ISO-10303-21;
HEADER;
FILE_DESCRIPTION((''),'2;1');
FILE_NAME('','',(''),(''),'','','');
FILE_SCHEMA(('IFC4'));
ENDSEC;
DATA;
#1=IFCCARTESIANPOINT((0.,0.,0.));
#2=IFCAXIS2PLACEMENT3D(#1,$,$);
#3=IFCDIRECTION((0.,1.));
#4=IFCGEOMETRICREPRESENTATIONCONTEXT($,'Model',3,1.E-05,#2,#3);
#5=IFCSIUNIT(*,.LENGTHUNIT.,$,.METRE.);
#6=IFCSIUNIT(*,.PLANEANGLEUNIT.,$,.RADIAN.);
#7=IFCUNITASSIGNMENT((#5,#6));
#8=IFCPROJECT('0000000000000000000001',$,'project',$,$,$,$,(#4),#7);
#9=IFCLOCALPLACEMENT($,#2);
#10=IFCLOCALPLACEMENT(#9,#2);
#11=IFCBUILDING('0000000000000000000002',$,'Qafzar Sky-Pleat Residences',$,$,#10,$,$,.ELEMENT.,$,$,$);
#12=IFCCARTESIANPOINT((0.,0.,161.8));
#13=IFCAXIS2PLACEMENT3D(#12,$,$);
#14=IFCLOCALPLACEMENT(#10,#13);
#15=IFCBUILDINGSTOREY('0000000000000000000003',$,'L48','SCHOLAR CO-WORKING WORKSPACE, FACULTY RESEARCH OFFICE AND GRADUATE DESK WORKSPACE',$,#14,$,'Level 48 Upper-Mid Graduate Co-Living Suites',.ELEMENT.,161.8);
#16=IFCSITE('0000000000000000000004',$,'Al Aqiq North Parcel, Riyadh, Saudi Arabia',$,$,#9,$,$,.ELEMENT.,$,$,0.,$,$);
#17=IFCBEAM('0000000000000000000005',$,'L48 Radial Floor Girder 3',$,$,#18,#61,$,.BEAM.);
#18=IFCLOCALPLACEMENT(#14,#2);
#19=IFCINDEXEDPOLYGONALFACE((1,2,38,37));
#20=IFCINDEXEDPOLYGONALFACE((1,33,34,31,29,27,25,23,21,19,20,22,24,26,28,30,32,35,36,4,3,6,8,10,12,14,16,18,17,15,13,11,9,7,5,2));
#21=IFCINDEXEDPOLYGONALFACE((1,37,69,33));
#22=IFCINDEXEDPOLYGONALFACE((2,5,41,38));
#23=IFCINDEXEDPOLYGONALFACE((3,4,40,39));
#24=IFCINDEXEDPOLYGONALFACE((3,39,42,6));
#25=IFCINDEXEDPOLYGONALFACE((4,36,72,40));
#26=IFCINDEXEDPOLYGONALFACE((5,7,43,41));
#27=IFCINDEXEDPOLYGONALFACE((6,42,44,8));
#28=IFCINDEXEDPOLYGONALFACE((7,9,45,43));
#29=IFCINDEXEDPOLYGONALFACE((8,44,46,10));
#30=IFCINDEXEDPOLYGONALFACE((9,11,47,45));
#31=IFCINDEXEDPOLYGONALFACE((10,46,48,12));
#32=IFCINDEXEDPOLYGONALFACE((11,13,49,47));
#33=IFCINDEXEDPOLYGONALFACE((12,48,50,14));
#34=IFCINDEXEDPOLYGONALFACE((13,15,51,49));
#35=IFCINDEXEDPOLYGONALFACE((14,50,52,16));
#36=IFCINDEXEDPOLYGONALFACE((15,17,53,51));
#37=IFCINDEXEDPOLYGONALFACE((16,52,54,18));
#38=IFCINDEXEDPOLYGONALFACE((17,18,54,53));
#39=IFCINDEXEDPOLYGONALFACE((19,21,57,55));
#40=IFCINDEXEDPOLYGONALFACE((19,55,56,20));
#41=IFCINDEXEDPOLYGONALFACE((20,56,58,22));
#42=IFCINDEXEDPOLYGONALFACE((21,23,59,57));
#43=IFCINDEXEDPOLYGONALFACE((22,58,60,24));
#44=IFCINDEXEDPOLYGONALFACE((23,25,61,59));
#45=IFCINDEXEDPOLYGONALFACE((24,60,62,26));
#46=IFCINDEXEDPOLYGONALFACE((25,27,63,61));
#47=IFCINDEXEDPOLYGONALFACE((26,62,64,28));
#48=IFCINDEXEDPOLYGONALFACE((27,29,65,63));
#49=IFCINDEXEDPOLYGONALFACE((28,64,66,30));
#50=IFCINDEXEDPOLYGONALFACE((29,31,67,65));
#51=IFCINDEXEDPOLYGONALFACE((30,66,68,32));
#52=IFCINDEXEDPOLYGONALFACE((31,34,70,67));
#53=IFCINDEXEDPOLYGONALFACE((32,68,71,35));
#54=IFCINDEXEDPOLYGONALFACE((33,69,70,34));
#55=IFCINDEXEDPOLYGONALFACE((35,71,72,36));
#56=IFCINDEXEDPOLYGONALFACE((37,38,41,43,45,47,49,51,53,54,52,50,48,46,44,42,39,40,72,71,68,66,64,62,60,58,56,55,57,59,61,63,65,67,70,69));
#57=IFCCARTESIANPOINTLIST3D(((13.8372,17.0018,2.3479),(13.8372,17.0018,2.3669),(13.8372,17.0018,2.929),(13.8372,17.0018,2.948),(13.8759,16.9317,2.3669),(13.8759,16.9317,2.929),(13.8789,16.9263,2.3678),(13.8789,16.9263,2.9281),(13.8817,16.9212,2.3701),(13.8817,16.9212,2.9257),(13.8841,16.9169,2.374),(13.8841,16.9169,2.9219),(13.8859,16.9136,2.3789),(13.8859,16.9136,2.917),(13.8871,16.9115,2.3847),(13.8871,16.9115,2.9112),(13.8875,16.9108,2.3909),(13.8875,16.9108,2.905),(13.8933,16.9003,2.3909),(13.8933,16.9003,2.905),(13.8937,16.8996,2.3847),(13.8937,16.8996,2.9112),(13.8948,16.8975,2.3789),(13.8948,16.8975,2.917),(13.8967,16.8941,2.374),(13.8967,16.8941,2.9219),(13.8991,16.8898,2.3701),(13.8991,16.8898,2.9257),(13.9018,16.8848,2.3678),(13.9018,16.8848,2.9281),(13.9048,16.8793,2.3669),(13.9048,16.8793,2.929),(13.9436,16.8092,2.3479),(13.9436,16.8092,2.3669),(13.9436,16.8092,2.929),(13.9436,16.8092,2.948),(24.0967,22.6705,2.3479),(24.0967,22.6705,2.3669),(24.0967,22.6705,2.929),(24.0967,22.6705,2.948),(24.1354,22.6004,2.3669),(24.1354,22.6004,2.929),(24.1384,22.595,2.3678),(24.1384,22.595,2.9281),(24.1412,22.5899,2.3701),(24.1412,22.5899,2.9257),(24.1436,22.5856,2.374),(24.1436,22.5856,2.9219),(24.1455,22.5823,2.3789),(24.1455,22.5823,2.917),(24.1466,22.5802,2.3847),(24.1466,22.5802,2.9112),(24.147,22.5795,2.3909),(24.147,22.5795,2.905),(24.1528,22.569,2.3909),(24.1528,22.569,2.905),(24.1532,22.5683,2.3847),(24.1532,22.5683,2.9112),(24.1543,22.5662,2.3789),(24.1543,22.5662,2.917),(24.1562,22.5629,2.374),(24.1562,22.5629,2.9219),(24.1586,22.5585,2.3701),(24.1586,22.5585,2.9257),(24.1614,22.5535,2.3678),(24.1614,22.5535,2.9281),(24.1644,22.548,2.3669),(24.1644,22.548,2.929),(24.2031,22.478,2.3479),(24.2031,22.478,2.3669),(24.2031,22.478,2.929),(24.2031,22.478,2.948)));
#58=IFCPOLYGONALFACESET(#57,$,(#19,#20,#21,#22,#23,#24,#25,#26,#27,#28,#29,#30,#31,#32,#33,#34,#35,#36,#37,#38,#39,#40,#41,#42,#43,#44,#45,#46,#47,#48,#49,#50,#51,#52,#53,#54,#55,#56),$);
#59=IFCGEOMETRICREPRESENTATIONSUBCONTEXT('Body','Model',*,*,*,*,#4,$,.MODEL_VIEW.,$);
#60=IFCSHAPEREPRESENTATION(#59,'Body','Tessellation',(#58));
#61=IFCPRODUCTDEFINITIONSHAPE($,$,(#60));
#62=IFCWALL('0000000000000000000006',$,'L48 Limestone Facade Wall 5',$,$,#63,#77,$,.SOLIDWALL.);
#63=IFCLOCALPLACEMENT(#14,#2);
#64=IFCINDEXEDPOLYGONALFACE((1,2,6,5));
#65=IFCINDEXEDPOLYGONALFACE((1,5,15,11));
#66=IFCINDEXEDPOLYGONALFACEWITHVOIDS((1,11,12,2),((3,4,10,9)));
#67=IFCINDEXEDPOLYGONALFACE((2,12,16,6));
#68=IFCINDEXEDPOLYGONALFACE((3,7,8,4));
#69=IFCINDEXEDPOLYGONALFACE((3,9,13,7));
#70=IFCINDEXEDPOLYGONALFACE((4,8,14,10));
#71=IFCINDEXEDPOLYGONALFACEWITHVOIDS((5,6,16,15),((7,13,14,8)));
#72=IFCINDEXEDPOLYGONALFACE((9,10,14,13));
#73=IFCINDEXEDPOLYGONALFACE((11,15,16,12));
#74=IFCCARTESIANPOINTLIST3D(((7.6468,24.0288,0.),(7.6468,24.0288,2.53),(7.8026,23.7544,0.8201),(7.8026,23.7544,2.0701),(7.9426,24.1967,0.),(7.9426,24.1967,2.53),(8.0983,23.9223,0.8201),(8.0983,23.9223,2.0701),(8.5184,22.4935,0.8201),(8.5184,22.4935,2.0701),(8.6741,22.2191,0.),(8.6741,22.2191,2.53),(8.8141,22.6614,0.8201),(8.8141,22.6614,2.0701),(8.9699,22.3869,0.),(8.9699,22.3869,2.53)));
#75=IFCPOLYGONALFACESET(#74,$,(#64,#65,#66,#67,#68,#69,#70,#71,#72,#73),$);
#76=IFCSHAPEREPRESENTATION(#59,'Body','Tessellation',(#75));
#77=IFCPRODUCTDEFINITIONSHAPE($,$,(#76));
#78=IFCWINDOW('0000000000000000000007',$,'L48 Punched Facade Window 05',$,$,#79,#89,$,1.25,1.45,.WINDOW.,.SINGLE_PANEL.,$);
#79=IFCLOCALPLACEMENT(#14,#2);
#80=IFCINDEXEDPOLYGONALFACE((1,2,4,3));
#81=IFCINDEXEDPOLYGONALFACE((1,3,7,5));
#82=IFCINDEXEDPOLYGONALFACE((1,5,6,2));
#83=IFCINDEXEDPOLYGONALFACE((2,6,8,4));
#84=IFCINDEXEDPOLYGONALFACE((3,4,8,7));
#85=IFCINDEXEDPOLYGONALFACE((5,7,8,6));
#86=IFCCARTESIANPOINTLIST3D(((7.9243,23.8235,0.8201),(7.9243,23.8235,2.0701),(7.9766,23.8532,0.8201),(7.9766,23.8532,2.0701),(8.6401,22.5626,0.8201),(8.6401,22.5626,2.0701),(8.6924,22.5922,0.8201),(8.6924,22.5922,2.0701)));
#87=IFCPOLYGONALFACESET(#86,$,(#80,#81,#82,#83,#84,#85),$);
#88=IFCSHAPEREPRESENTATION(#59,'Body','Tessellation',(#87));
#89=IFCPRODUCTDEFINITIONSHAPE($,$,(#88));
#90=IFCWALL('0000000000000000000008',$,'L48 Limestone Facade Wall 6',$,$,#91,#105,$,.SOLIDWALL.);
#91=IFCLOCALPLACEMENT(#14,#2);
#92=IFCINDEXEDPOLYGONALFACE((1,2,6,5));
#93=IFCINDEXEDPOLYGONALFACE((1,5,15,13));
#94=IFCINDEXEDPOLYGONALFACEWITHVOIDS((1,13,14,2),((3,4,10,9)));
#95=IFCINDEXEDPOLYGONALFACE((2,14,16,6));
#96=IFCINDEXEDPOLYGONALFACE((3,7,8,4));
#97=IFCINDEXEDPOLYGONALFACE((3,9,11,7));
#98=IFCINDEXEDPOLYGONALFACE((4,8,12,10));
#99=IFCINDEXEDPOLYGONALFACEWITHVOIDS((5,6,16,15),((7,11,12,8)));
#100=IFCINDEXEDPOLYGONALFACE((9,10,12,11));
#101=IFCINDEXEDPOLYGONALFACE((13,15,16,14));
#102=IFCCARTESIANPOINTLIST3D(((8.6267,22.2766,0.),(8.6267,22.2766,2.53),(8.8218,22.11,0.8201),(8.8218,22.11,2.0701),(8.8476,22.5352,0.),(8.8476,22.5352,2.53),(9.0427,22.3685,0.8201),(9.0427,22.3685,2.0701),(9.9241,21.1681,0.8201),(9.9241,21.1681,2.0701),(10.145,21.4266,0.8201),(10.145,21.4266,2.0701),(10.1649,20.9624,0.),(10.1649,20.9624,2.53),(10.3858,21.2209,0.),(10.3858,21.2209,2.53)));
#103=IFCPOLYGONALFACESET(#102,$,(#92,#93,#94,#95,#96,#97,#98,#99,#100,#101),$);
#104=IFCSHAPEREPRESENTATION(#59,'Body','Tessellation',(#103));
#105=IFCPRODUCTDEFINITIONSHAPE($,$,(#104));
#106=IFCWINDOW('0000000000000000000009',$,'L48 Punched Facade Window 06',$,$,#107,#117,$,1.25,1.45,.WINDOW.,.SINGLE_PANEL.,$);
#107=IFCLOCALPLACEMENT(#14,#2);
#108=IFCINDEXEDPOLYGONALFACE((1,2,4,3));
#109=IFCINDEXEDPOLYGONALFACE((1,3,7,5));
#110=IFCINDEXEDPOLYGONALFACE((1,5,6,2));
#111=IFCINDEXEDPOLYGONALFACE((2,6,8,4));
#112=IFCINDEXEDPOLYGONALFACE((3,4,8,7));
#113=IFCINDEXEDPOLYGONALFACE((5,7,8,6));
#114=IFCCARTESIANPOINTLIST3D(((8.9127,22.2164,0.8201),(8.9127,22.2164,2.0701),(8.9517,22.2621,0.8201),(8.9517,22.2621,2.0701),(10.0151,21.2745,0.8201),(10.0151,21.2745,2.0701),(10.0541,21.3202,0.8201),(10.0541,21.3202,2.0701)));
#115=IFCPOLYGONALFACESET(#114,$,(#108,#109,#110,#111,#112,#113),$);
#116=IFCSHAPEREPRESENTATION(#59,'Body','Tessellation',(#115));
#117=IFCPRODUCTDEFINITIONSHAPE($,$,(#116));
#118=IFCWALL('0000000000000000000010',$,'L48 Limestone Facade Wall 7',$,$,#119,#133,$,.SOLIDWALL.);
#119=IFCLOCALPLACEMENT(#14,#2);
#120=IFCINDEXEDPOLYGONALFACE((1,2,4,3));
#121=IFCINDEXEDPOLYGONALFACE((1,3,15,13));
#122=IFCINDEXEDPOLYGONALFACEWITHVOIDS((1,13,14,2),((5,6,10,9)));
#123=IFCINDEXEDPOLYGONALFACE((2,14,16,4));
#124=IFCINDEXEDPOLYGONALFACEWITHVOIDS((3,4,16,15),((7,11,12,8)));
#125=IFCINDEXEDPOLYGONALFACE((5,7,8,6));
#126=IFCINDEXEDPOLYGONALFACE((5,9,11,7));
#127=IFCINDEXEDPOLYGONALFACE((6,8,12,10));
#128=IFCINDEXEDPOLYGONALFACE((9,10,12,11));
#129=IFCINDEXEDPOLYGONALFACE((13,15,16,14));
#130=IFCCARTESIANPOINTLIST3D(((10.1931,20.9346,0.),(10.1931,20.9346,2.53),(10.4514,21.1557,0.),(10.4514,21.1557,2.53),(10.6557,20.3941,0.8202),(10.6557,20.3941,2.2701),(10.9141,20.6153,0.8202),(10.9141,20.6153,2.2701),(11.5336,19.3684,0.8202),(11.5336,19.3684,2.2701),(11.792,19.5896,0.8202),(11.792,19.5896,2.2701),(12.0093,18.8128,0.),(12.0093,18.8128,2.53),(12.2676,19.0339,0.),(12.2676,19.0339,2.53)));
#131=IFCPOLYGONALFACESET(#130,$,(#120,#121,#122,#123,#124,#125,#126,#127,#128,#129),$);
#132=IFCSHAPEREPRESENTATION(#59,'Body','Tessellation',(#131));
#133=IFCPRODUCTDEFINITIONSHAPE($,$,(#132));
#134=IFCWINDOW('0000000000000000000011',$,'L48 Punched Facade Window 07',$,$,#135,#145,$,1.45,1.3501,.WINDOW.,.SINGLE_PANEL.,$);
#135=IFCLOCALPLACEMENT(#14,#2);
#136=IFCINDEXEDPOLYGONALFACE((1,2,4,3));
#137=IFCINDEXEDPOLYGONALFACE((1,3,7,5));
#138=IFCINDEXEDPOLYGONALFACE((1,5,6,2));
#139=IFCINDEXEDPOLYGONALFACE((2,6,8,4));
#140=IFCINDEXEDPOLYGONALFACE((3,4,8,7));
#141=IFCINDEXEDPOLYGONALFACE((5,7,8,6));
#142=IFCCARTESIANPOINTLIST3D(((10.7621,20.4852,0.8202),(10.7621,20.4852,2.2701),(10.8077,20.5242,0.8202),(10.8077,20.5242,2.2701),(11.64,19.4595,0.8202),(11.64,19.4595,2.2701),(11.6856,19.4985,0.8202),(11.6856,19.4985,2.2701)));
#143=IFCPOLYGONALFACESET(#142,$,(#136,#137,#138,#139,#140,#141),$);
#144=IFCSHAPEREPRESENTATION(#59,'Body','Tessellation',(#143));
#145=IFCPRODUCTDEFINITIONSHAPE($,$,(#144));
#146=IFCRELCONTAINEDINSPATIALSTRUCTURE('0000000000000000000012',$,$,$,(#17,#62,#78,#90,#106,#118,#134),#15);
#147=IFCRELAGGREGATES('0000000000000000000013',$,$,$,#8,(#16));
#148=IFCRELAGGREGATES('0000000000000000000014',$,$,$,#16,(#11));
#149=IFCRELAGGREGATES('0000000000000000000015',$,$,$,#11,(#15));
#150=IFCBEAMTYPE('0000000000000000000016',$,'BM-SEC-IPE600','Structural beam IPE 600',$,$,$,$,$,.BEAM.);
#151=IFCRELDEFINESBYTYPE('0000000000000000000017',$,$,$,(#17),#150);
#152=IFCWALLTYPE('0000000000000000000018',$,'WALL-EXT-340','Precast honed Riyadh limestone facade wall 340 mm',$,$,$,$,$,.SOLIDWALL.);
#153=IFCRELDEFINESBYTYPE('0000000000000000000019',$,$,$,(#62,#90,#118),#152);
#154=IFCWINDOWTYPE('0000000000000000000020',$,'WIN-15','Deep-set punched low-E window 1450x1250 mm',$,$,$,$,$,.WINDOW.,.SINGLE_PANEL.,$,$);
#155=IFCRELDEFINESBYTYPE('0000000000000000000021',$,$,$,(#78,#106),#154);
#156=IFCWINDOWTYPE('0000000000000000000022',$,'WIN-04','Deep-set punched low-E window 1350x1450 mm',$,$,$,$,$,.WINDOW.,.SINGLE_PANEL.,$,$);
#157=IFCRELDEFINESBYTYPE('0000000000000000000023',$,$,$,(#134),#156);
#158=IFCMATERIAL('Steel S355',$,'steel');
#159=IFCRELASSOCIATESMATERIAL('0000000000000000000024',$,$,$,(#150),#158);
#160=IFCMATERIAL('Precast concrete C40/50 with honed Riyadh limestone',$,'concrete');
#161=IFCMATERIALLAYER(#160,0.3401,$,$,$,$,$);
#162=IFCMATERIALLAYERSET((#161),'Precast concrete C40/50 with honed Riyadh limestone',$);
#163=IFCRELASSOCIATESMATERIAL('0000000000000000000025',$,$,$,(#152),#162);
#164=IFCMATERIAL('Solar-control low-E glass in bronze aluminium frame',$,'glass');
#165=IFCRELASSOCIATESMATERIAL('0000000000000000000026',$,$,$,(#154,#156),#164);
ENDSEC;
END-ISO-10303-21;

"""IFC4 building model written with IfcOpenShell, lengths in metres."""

from ifc_helpers import new_model, si_unit, direction, frame, frame_2d, origin, origin_2d, place, context, subcontext, project, spatial, rectangle, i_section, extrude, source, transform, mapped, material, layer, layer_set, material_profile, profile_set, type_object, element, fill, save


model = new_model("IFC4")

# Units and contexts
model_context = context("Model", 3, precision=1e-05, world=origin(), true_north=direction((0.0, 1.0)))
body_context = subcontext(model_context, "Body", "Model", "MODEL_VIEW")
ifc_project = project(units=[si_unit("LENGTHUNIT", "METRE"), si_unit("PLANEANGLEUNIT", "RADIAN")], contexts=[model_context])

# Site, building, storey
site_placement = place(None, origin())
site = spatial("IfcSite", under=ifc_project, at=site_placement, Name="Al Aqiq North Parcel, Riyadh, Saudi Arabia", CompositionType="ELEMENT", RefElevation=0.0)
building_placement = place(site_placement, origin())
building = spatial("IfcBuilding", under=site, at=building_placement, Name="Qafzar Sky-Pleat Residences", CompositionType="ELEMENT")
storey_placement = place(building_placement, frame((0.0, 0.0, 161.8)))
storey = spatial("IfcBuildingStorey", under=building, at=storey_placement, Name="L48", Description="SCHOLAR CO-WORKING WORKSPACE, FACULTY RESEARCH OFFICE AND GRADUATE DESK WORKSPACE", LongName="Level 48 Upper-Mid Graduate Co-Living Suites", CompositionType="ELEMENT", Elevation=161.8)

# Shared definitions
ifc_material_1 = material(Name="Steel S355", Category="steel")

# Beam
ifc_material_profile_1 = material_profile(ifc_material_1, i_section(OverallWidth=0.22, OverallDepth=0.6001, WebThickness=0.012, FlangeThickness=0.019, FilletRadius=0.0239, at=origin_2d()), Name="IPE 600")
ifc_profile_set_1 = profile_set([ifc_material_profile_1], Name="Steel S355")
beam_type_1 = type_object("IfcBeamType", Name="BM-SEC-IPE600", Description="Structural beam IPE 600", PredefinedType="BEAM", material=ifc_profile_set_1)
shared_shape_1 = source(origin(), body_context, "Body", "SweptSolid", [
    extrude(i_section(OverallWidth=0.22, OverallDepth=0.6001, WebThickness=0.012, FlangeThickness=0.019, FilletRadius=0.0239, at=origin_2d()), origin(), (0.0, 0.0, 1.0), 11.7214),
])
beam_1_placement = place(storey_placement, frame((13.8904, 16.9055, 2.6479), z_axis=(0.875279, 0.483619, 0.0), x_axis=(-0.483619, 0.875279, 0.0)))
element("IfcBeam", 1, at=beam_1_placement, inside=storey, type_object=beam_type_1, Name="L48 Radial Floor Girder 3", PredefinedType="BEAM", context=body_context, shape_type="MappedRepresentation", body=[
    mapped(shared_shape_1, transform((0.0, 0.0, 0.0), x_axis=(1.0, 0.0, 0.0), y_axis=(0.0, 1.0, 0.0), z_axis=(0.0, 0.0, 1.0), scale=1.0)),
])

# Walls, openings, windows
ifc_material_2 = material(Name="Precast concrete C40/50 with honed Riyadh limestone", Category="concrete")
ifc_layer_1 = layer(ifc_material_2, 0.3401)
ifc_layer_set_1 = layer_set([ifc_layer_1], Name="Precast concrete C40/50 with honed Riyadh limestone")
wall_type = type_object("IfcWallType", Name="WALL-EXT-340", Description="Precast honed Riyadh limestone facade wall 340 mm", PredefinedType="SOLIDWALL", material=ifc_layer_set_1)
wall_1_placement = place(storey_placement, frame((7.7947, 24.1128, 0.0), z_axis=(0.0, 0.0, 1.0), x_axis=(0.493661, -0.869655, 0.0)))
wall_1 = element("IfcWall", 2, at=wall_1_placement, inside=storey, type_object=wall_type, Name="L48 Limestone Facade Wall 5", PredefinedType="SOLIDWALL", context=body_context, shape_type="SweptSolid", body=[
    extrude(rectangle(XDim=2.0811, YDim=0.3401, at=frame_2d((1.0405, 0.0))), origin(), (0.0, 0.0, 1.0), 2.53),
])
opening_1_placement = place(wall_1_placement, frame((0.3154, 0.0, 0.8201)))
opening_1 = element("IfcOpeningElement", 3, at=opening_1_placement, cuts=wall_1, PredefinedType="OPENING", context=body_context, shape_type="SweptSolid", body=[
    extrude(rectangle(XDim=1.45, YDim=1.25, at=frame_2d((0.7251, 0.625))), frame((0.0, 0.1802, 0.0), z_axis=(0.0, -1.0, 0.0), x_axis=(1.0, 0.0, 0.0)), (0.0, 0.0, 1.0), 0.3601),
])
ifc_material_3 = material(Name="Solar-control low-E glass in bronze aluminium frame", Category="glass")
window_type_1 = type_object("IfcWindowType", Name="WIN-15", Description="Deep-set punched low-E window 1450x1250 mm", PartitioningType="SINGLE_PANEL", PredefinedType="WINDOW", material=ifc_material_3)
shared_shape_2 = source(origin(), body_context, "Body", "SweptSolid", [
    extrude(rectangle(XDim=1.45, YDim=1.25, at=frame_2d((0.7251, 0.625))), frame((0.0, 0.03, 0.0), z_axis=(0.0, -1.0, 0.0), x_axis=(1.0, 0.0, 0.0)), (0.0, 0.0, 1.0), 0.0601),
])
window_1_placement = place(opening_1_placement, origin())
window_1 = element("IfcWindow", 4, at=window_1_placement, inside=storey, type_object=window_type_1, Name="L48 Punched Facade Window 05", OverallHeight=1.25, OverallWidth=1.45, PartitioningType="SINGLE_PANEL", PredefinedType="WINDOW", context=body_context, shape_type="MappedRepresentation", body=[
    mapped(shared_shape_2, transform((0.0, 0.0, 0.0), x_axis=(1.0, 0.0, 0.0), y_axis=(0.0, 1.0, 0.0), z_axis=(0.0, 0.0, 1.0), scale=1.0)),
])
fill(opening_1, window_1)
wall_2_placement = place(storey_placement, frame((8.7371, 22.406, 0.0), z_axis=(0.0, 0.0, 1.0), x_axis=(0.760269, -0.649608, 0.0)))
wall_2 = element("IfcWall", 5, at=wall_2_placement, inside=storey, type_object=wall_type, Name="L48 Limestone Facade Wall 6", PredefinedType="SOLIDWALL", context=body_context, shape_type="SweptSolid", body=[
    extrude(rectangle(XDim=2.0232, YDim=0.3401, at=frame_2d((1.0117, 0.0))), origin(), (0.0, 0.0, 1.0), 2.53),
])
opening_2_placement = place(wall_2_placement, frame((0.2566, 0.0, 0.8201)))
opening_2 = element("IfcOpeningElement", 6, at=opening_2_placement, cuts=wall_2, PredefinedType="OPENING", context=body_context, shape_type="SweptSolid", body=[
    extrude(rectangle(XDim=1.45, YDim=1.25, at=frame_2d((0.7251, 0.625))), frame((0.0, 0.1802, 0.0), z_axis=(0.0, -1.0, 0.0), x_axis=(1.0, 0.0, 0.0)), (0.0, 0.0, 1.0), 0.3601),
])
window_2_placement = place(opening_2_placement, origin())
window_2 = element("IfcWindow", 7, at=window_2_placement, inside=storey, type_object=window_type_1, Name="L48 Punched Facade Window 06", OverallHeight=1.25, OverallWidth=1.45, PartitioningType="SINGLE_PANEL", PredefinedType="WINDOW", context=body_context, shape_type="MappedRepresentation", body=[
    mapped(shared_shape_2, transform((0.0, 0.0, 0.0), x_axis=(1.0, 0.0, 0.0), y_axis=(0.0, 1.0, 0.0), z_axis=(0.0, 0.0, 1.0), scale=1.0)),
])
fill(opening_2, window_2)
wall_3_placement = place(storey_placement, frame((10.3223, 21.0452, 0.0), z_axis=(0.0, 0.0, 1.0), x_axis=(0.650266, -0.759707, 0.0)))
wall_3 = element("IfcWall", 8, at=wall_3_placement, inside=storey, type_object=wall_type, Name="L48 Limestone Facade Wall 7", PredefinedType="SOLIDWALL", context=body_context, shape_type="SweptSolid", body=[
    extrude(rectangle(XDim=2.793, YDim=0.3401, at=frame_2d((1.3965, 0.0))), origin(), (0.0, 0.0, 1.0), 2.53),
])
opening_3_placement = place(wall_3_placement, frame((0.7114, 0.0, 0.8201)))
opening_3 = element("IfcOpeningElement", 9, at=opening_3_placement, cuts=wall_3, PredefinedType="OPENING", context=body_context, shape_type="SweptSolid", body=[
    extrude(rectangle(XDim=1.3501, YDim=1.45, at=frame_2d((0.675, 0.7251))), frame((0.0, 0.1802, 0.0), z_axis=(0.0, -1.0, 0.0), x_axis=(1.0, 0.0, 0.0)), (0.0, 0.0, 1.0), 0.3601),
])
window_type_2 = type_object("IfcWindowType", Name="WIN-04", Description="Deep-set punched low-E window 1350x1450 mm", PartitioningType="SINGLE_PANEL", PredefinedType="WINDOW", material=ifc_material_3)
shared_shape_3 = source(origin(), body_context, "Body", "SweptSolid", [
    extrude(rectangle(XDim=1.3501, YDim=1.45, at=frame_2d((0.675, 0.7251))), frame((0.0, 0.03, 0.0), z_axis=(0.0, -1.0, 0.0), x_axis=(1.0, 0.0, 0.0)), (0.0, 0.0, 1.0), 0.0601),
])
window_3_placement = place(opening_3_placement, origin())
window_3 = element("IfcWindow", 10, at=window_3_placement, inside=storey, type_object=window_type_2, Name="L48 Punched Facade Window 07", OverallHeight=1.45, OverallWidth=1.3501, PartitioningType="SINGLE_PANEL", PredefinedType="WINDOW", context=body_context, shape_type="MappedRepresentation", body=[
    mapped(shared_shape_3, transform((0.0, 0.0, 0.0), x_axis=(1.0, 0.0, 0.0), y_axis=(0.0, 1.0, 0.0), z_axis=(0.0, 0.0, 1.0), scale=1.0)),
])
fill(opening_3, window_3)

save(model, "model.ifc")
